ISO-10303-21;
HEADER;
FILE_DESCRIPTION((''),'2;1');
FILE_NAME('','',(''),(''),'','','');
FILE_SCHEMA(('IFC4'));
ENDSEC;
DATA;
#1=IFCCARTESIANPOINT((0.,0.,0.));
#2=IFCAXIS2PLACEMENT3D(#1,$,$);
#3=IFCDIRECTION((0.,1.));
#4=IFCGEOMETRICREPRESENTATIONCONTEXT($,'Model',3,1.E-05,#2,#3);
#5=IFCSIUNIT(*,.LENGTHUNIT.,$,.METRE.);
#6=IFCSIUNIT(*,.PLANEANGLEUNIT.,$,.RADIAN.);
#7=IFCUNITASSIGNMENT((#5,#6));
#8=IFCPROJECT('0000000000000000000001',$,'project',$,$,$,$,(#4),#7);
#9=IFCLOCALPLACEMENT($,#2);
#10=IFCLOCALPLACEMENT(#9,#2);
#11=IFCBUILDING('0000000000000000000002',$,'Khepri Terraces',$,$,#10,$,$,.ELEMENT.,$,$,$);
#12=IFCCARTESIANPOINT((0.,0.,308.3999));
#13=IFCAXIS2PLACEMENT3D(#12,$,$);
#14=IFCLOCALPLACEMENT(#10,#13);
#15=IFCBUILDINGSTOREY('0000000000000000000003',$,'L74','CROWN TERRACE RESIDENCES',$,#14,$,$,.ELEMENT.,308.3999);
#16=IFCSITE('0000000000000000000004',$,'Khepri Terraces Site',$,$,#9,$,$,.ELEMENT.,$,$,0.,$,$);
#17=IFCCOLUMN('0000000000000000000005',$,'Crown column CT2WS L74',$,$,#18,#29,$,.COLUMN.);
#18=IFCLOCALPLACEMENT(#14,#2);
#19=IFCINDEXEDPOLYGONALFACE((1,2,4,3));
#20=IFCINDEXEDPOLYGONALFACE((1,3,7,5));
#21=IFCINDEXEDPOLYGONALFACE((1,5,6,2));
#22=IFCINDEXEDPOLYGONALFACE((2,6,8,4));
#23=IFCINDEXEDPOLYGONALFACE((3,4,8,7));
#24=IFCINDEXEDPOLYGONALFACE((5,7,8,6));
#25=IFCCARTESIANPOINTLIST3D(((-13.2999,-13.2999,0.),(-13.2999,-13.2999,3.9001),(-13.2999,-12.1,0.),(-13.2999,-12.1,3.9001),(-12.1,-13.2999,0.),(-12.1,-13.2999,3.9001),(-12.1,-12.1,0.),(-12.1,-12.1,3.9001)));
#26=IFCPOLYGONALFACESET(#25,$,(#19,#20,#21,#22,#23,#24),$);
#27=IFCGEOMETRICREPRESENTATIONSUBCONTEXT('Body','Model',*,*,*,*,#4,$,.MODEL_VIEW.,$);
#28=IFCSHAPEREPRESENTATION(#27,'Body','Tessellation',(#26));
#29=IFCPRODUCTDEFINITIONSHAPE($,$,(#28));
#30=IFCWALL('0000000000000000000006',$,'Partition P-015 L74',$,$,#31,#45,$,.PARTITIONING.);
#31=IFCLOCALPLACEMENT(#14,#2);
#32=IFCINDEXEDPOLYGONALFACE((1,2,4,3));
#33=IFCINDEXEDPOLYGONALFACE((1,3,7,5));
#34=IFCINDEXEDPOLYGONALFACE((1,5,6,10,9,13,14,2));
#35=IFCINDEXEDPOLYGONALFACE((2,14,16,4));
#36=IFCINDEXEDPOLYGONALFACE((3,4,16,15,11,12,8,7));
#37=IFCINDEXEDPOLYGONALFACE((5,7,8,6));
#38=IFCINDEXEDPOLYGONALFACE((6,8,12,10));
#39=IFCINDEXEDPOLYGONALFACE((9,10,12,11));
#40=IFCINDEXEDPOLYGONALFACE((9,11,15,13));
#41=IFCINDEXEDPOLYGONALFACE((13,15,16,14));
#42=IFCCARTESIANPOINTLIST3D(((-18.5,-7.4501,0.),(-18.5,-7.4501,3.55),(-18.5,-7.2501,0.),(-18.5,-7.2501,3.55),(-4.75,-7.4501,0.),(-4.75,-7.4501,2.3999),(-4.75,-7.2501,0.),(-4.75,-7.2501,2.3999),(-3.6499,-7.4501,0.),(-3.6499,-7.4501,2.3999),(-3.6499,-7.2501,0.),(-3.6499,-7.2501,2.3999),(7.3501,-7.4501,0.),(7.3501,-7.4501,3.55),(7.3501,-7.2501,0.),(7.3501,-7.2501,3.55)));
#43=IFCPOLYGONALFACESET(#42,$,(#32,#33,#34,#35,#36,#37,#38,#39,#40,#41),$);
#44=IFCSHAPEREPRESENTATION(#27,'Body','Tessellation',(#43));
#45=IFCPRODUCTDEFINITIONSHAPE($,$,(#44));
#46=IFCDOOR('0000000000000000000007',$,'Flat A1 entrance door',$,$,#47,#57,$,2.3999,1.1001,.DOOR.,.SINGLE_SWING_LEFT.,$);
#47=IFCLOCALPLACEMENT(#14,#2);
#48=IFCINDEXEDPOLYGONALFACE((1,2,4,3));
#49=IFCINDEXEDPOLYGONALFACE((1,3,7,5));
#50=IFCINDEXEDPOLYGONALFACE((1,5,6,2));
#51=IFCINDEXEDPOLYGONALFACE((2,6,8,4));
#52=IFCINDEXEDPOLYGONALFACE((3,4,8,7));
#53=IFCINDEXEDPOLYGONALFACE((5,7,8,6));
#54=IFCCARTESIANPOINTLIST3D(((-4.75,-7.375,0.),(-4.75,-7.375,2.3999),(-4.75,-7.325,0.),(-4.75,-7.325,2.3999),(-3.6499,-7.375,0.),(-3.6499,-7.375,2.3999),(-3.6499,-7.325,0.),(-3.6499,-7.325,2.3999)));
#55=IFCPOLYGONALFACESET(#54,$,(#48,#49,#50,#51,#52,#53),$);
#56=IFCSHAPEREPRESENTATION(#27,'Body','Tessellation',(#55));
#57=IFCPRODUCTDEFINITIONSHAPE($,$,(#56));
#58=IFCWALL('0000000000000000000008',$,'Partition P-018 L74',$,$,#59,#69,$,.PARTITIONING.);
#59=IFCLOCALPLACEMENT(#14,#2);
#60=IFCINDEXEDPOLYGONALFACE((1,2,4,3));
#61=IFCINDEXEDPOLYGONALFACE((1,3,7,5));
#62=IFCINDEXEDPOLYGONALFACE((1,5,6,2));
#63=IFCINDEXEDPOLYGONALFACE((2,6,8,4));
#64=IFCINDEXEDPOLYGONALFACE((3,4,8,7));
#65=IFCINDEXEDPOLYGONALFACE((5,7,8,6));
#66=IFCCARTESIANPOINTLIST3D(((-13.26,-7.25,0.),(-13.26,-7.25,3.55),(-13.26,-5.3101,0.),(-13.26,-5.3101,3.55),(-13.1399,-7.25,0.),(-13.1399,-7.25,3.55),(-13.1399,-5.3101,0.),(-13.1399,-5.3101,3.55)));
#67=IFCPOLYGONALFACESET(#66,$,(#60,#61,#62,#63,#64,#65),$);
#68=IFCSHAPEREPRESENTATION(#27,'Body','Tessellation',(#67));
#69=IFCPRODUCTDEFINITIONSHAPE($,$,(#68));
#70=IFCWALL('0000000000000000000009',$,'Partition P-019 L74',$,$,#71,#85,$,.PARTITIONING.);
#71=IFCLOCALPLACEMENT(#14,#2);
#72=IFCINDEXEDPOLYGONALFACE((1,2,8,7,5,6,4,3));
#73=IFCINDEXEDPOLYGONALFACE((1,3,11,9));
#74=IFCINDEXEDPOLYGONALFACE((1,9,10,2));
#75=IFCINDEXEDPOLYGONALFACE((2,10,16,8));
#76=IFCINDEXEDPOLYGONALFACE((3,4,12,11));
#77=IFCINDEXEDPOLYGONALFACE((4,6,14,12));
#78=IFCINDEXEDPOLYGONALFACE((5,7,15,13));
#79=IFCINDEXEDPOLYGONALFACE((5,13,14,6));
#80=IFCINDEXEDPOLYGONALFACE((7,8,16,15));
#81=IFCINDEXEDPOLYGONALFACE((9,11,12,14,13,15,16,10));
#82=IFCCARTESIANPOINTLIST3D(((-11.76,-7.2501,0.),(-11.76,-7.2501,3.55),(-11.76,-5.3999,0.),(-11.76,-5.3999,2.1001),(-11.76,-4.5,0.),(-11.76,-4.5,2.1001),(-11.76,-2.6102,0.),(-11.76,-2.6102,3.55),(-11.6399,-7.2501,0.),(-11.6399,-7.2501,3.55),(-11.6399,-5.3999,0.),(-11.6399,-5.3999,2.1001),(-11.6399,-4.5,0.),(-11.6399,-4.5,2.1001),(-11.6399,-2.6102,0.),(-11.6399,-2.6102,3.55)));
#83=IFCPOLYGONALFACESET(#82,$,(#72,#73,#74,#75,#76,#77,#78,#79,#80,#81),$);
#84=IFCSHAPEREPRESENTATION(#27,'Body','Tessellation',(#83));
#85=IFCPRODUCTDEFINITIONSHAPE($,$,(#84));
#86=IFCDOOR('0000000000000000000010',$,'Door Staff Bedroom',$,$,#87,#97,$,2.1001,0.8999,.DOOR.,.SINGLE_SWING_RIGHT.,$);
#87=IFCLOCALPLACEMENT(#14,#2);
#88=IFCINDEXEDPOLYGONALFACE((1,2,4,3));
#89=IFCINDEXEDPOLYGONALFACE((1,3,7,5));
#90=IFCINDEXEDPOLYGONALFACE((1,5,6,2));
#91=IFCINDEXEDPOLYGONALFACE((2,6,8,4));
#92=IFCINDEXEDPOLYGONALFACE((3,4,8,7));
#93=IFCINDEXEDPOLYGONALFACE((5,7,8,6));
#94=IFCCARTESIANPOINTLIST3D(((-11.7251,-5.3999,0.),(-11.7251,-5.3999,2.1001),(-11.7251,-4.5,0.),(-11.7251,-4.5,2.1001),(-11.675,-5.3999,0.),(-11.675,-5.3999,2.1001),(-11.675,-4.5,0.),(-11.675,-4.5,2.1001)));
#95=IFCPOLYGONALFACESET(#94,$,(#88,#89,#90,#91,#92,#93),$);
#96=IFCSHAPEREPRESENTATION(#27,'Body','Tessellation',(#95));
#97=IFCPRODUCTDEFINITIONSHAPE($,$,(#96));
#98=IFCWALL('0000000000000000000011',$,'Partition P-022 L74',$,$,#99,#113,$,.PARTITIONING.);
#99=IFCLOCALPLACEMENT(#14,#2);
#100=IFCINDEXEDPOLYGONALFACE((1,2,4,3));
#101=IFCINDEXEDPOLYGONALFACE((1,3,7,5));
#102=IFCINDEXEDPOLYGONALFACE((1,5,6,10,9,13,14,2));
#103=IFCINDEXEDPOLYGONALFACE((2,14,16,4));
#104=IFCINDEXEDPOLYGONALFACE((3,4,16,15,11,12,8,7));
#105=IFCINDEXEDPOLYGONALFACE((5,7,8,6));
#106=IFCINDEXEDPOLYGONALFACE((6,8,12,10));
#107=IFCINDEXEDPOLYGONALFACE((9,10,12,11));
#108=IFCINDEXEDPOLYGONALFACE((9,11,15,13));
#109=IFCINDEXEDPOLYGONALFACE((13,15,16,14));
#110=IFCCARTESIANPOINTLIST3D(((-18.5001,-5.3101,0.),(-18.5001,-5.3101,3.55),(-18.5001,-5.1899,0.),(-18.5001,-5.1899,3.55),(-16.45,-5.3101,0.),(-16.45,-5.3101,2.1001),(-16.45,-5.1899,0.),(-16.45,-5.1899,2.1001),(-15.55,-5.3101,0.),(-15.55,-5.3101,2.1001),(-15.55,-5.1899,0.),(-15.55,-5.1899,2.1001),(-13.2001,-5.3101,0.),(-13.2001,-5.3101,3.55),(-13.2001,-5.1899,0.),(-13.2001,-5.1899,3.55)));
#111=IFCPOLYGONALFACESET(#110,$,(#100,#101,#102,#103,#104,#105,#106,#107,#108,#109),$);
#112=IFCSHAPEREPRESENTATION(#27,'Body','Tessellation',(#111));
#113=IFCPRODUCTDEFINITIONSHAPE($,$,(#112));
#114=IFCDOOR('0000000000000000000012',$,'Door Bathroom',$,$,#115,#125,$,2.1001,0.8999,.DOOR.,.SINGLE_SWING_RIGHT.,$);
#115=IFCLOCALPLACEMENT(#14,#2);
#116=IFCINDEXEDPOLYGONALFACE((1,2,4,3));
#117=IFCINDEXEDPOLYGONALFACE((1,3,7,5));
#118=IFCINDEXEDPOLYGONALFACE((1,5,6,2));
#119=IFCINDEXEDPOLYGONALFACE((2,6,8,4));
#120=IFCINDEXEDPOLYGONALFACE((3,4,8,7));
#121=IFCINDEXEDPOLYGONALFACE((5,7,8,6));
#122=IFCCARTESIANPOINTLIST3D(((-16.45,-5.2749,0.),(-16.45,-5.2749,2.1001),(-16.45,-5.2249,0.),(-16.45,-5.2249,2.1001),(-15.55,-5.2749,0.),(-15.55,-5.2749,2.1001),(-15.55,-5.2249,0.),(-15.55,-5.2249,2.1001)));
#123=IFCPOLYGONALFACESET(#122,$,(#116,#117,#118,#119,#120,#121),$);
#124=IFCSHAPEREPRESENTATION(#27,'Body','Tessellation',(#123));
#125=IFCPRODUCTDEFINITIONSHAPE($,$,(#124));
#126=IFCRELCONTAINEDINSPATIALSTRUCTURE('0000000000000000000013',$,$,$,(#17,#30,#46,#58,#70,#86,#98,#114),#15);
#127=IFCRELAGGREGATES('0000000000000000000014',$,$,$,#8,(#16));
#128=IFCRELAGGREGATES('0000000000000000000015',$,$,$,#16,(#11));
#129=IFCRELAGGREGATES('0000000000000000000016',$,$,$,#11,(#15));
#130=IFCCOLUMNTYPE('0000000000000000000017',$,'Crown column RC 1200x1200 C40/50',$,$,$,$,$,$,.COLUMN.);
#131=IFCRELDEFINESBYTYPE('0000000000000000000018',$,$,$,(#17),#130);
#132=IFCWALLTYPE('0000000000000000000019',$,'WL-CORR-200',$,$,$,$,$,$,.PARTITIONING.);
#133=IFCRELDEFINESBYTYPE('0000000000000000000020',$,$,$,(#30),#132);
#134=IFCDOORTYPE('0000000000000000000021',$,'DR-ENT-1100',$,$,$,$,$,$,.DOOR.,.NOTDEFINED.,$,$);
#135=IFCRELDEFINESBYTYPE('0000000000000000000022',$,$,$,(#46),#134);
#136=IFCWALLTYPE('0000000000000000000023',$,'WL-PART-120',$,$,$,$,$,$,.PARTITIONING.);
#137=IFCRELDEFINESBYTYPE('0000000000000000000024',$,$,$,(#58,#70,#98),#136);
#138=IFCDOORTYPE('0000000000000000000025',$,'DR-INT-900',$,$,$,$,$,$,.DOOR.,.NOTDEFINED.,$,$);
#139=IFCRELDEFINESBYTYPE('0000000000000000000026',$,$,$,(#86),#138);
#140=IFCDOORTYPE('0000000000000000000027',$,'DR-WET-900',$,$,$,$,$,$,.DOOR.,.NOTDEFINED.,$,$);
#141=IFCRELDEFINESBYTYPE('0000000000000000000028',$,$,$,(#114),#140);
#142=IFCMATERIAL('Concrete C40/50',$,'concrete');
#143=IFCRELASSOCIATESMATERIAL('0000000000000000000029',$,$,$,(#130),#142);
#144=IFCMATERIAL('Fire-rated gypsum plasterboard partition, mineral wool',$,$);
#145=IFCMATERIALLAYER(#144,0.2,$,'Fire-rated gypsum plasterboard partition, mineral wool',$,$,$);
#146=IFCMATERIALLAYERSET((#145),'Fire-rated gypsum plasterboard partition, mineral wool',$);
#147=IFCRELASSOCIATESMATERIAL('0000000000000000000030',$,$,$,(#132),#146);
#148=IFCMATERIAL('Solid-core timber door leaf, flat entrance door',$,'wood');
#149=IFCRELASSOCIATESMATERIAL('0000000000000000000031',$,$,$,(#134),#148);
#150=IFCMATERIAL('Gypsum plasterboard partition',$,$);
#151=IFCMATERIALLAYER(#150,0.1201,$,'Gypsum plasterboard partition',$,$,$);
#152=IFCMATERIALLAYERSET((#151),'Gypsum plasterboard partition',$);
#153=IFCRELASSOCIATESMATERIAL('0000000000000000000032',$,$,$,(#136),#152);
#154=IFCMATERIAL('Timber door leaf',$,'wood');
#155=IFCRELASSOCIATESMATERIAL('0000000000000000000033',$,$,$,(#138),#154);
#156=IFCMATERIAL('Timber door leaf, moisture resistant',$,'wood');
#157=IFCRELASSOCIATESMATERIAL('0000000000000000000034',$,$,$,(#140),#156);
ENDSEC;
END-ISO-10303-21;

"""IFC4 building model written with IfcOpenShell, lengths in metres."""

from ifc_helpers import new_model, si_unit, direction, frame, frame_2d, origin, origin_2d, place, context, subcontext, project, spatial, rectangle, extrude, material, layer, layer_set, material_profile, profile_set, type_object, element, fill, save


model = new_model("IFC4")

# Units and contexts
model_context = context("Model", 3, precision=1e-05, world=origin(), true_north=direction((0.0, 1.0)))
body_context = subcontext(model_context, "Body", "Model", "MODEL_VIEW")
ifc_project = project(units=[si_unit("LENGTHUNIT", "METRE"), si_unit("PLANEANGLEUNIT", "RADIAN")], contexts=[model_context])

# Site, building, storey
site_placement = place(None, origin())
site = spatial("IfcSite", under=ifc_project, at=site_placement, Name="Khepri Terraces Site", CompositionType="ELEMENT", RefElevation=0.0)
building_placement = place(site_placement, origin())
building = spatial("IfcBuilding", under=site, at=building_placement, Name="Khepri Terraces", CompositionType="ELEMENT")
storey_placement = place(building_placement, frame((0.0, 0.0, 308.3999)))
storey = spatial("IfcBuildingStorey", under=building, at=storey_placement, Name="L74", Description="CROWN TERRACE RESIDENCES", CompositionType="ELEMENT", Elevation=308.3999)

# Column
ifc_material_1 = material(Name="Concrete C40/50", Category="concrete")
ifc_material_profile = material_profile(ifc_material_1, rectangle(XDim=1.2, YDim=1.2, at=origin_2d()), Name="Concrete C40/50", Category="concrete")
ifc_profile_set = profile_set([ifc_material_profile], Name="Concrete C40/50")
column_type = type_object("IfcColumnType", Name="Crown column RC 1200x1200 C40/50", PredefinedType="COLUMN", material=ifc_profile_set)
column_placement = place(storey_placement, frame((-12.7, -12.7, 0.0), z_axis=(0.0, 0.0, 1.0), x_axis=(1.0, 0.0, 0.0)))
element("IfcColumn", 1, at=column_placement, inside=storey, type_object=column_type, Name="Crown column CT2WS L74", PredefinedType="COLUMN", context=body_context, shape_type="SweptSolid", body=[
    extrude(rectangle(XDim=1.2, YDim=1.2, at=origin_2d()), origin(), (0.0, 0.0, 1.0), 3.9001),
])

# Wall, opening, door
ifc_material_2 = material(Name="Fire-rated gypsum plasterboard partition, mineral wool")
ifc_layer_1 = layer(ifc_material_2, 0.2, Name="Fire-rated gypsum plasterboard partition, mineral wool")
ifc_layer_set_1 = layer_set([ifc_layer_1], Name="Fire-rated gypsum plasterboard partition, mineral wool")
wall_type_1 = type_object("IfcWallType", Name="WL-CORR-200", PredefinedType="PARTITIONING", material=ifc_layer_set_1)
wall_1_placement = place(storey_placement, frame((-18.5, -7.3501, 0.0), z_axis=(0.0, 0.0, 1.0), x_axis=(1.0, 0.0, 0.0)))
wall_1 = element("IfcWall", 2, at=wall_1_placement, inside=storey, type_object=wall_type_1, Name="Partition P-015 L74", PredefinedType="PARTITIONING", context=body_context, shape_type="SweptSolid", body=[
    extrude(rectangle(XDim=25.8501, YDim=0.2, at=frame_2d((12.925, 0.0))), origin(), (0.0, 0.0, 1.0), 3.55),
])
opening_1_placement = place(wall_1_placement, frame((13.75, 0.0, 0.0)))
opening_1 = element("IfcOpeningElement", 3, at=opening_1_placement, cuts=wall_1, PredefinedType="OPENING", context=body_context, shape_type="SweptSolid", body=[
    extrude(rectangle(XDim=1.1001, YDim=2.3999, at=frame_2d((0.55, 1.2))), frame((0.0, 0.1099, 0.0), z_axis=(0.0, -1.0, 0.0), x_axis=(1.0, 0.0, 0.0)), (0.0, 0.0, 1.0), 0.22),
])
ifc_material_3 = material(Name="Solid-core timber door leaf, flat entrance door", Category="wood")
door_type_1 = type_object("IfcDoorType", Name="DR-ENT-1100", OperationType="NOTDEFINED", PredefinedType="DOOR", material=ifc_material_3)
door_1_placement = place(opening_1_placement, frame((1.1001, 0.0, 0.0), z_axis=(0.0, 0.0, 1.0), x_axis=(-1.0, 0.0, 0.0)))
door_1 = element("IfcDoor", 4, at=door_1_placement, inside=storey, type_object=door_type_1, Name="Flat A1 entrance door", OperationType="SINGLE_SWING_LEFT", OverallHeight=2.3999, OverallWidth=1.1001, PredefinedType="DOOR", context=body_context, shape_type="SweptSolid", body=[
    extrude(rectangle(XDim=1.1001, YDim=2.3999, at=frame_2d((0.55, 1.2))), frame((0.0, 0.0249, 0.0), z_axis=(0.0, -1.0, 0.0), x_axis=(1.0, 0.0, 0.0)), (0.0, 0.0, 1.0), 0.05),
])
fill(opening_1, door_1)

# Wall
ifc_material_4 = material(Name="Gypsum plasterboard partition")
ifc_layer_2 = layer(ifc_material_4, 0.1201, Name="Gypsum plasterboard partition")
ifc_layer_set_2 = layer_set([ifc_layer_2], Name="Gypsum plasterboard partition")
wall_type_2 = type_object("IfcWallType", Name="WL-PART-120", PredefinedType="PARTITIONING", material=ifc_layer_set_2)
wall_2_placement = place(storey_placement, frame((-13.2, -7.25, 0.0), z_axis=(0.0, 0.0, 1.0), x_axis=(0.0, 1.0, 0.0)))
element("IfcWall", 5, at=wall_2_placement, inside=storey, type_object=wall_type_2, Name="Partition P-018 L74", PredefinedType="PARTITIONING", context=body_context, shape_type="SweptSolid", body=[
    extrude(rectangle(XDim=1.9399, YDim=0.1201, at=frame_2d((0.97, 0.0))), origin(), (0.0, 0.0, 1.0), 3.55),
])

# Walls, openings, doors
wall_3_placement = place(storey_placement, frame((-11.7, -7.25, 0.0), z_axis=(0.0, 0.0, 1.0), x_axis=(0.0, 1.0, 0.0)))
wall_3 = element("IfcWall", 6, at=wall_3_placement, inside=storey, type_object=wall_type_2, Name="Partition P-019 L74", PredefinedType="PARTITIONING", context=body_context, shape_type="SweptSolid", body=[
    extrude(rectangle(XDim=4.6399, YDim=0.1201, at=frame_2d((2.3198, 0.0))), origin(), (0.0, 0.0, 1.0), 3.55),
])
opening_2_placement = place(wall_3_placement, frame((1.8501, 0.0, 0.0)))
opening_2 = element("IfcOpeningElement", 7, at=opening_2_placement, cuts=wall_3, PredefinedType="OPENING", context=body_context, shape_type="SweptSolid", body=[
    extrude(rectangle(XDim=0.8999, YDim=2.1001, at=frame_2d((0.45, 1.05))), frame((0.0, 0.0701, 0.0), z_axis=(0.0, -1.0, 0.0), x_axis=(1.0, 0.0, 0.0)), (0.0, 0.0, 1.0), 0.1401),
])
ifc_material_5 = material(Name="Timber door leaf", Category="wood")
door_type_2 = type_object("IfcDoorType", Name="DR-INT-900", OperationType="NOTDEFINED", PredefinedType="DOOR", material=ifc_material_5)
door_2_placement = place(opening_2_placement, frame((0.8999, 0.0, 0.0), z_axis=(0.0, 0.0, 1.0), x_axis=(-1.0, 0.0, 0.0)))
door_2 = element("IfcDoor", 8, at=door_2_placement, inside=storey, type_object=door_type_2, Name="Door Staff Bedroom", OperationType="SINGLE_SWING_RIGHT", OverallHeight=2.1001, OverallWidth=0.8999, PredefinedType="DOOR", context=body_context, shape_type="SweptSolid", body=[
    extrude(rectangle(XDim=0.8999, YDim=2.1001, at=frame_2d((0.45, 1.05))), frame((0.0, 0.0249, 0.0), z_axis=(0.0, -1.0, 0.0), x_axis=(1.0, 0.0, 0.0)), (0.0, 0.0, 1.0), 0.05),
])
fill(opening_2, door_2)
wall_4_placement = place(storey_placement, frame((-18.5, -5.25, 0.0), z_axis=(0.0, 0.0, 1.0), x_axis=(1.0, 0.0, 0.0)))
wall_4 = element("IfcWall", 9, at=wall_4_placement, inside=storey, type_object=wall_type_2, Name="Partition P-022 L74", PredefinedType="PARTITIONING", context=body_context, shape_type="SweptSolid", body=[
    extrude(rectangle(XDim=5.3, YDim=0.1201, at=frame_2d((2.6499, 0.0))), origin(), (0.0, 0.0, 1.0), 3.55),
])
opening_3_placement = place(wall_4_placement, frame((2.05, 0.0, 0.0)))
opening_3 = element("IfcOpeningElement", 10, at=opening_3_placement, cuts=wall_4, PredefinedType="OPENING", context=body_context, shape_type="SweptSolid", body=[
    extrude(rectangle(XDim=0.8999, YDim=2.1001, at=frame_2d((0.45, 1.05))), frame((0.0, 0.0701, 0.0), z_axis=(0.0, -1.0, 0.0), x_axis=(1.0, 0.0, 0.0)), (0.0, 0.0, 1.0), 0.1401),
])
ifc_material_6 = material(Name="Timber door leaf, moisture resistant", Category="wood")
door_type_3 = type_object("IfcDoorType", Name="DR-WET-900", OperationType="NOTDEFINED", PredefinedType="DOOR", material=ifc_material_6)
door_3_placement = place(opening_3_placement, frame((0.8999, 0.0, 0.0), z_axis=(0.0, 0.0, 1.0), x_axis=(-1.0, 0.0, 0.0)))
door_3 = element("IfcDoor", 11, at=door_3_placement, inside=storey, type_object=door_type_3, Name="Door Bathroom", OperationType="SINGLE_SWING_RIGHT", OverallHeight=2.1001, OverallWidth=0.8999, PredefinedType="DOOR", context=body_context, shape_type="SweptSolid", body=[
    extrude(rectangle(XDim=0.8999, YDim=2.1001, at=frame_2d((0.45, 1.05))), frame((0.0, 0.0249, 0.0), z_axis=(0.0, -1.0, 0.0), x_axis=(1.0, 0.0, 0.0)), (0.0, 0.0, 1.0), 0.05),
])
fill(opening_3, door_3)

save(model, "model.ifc")
